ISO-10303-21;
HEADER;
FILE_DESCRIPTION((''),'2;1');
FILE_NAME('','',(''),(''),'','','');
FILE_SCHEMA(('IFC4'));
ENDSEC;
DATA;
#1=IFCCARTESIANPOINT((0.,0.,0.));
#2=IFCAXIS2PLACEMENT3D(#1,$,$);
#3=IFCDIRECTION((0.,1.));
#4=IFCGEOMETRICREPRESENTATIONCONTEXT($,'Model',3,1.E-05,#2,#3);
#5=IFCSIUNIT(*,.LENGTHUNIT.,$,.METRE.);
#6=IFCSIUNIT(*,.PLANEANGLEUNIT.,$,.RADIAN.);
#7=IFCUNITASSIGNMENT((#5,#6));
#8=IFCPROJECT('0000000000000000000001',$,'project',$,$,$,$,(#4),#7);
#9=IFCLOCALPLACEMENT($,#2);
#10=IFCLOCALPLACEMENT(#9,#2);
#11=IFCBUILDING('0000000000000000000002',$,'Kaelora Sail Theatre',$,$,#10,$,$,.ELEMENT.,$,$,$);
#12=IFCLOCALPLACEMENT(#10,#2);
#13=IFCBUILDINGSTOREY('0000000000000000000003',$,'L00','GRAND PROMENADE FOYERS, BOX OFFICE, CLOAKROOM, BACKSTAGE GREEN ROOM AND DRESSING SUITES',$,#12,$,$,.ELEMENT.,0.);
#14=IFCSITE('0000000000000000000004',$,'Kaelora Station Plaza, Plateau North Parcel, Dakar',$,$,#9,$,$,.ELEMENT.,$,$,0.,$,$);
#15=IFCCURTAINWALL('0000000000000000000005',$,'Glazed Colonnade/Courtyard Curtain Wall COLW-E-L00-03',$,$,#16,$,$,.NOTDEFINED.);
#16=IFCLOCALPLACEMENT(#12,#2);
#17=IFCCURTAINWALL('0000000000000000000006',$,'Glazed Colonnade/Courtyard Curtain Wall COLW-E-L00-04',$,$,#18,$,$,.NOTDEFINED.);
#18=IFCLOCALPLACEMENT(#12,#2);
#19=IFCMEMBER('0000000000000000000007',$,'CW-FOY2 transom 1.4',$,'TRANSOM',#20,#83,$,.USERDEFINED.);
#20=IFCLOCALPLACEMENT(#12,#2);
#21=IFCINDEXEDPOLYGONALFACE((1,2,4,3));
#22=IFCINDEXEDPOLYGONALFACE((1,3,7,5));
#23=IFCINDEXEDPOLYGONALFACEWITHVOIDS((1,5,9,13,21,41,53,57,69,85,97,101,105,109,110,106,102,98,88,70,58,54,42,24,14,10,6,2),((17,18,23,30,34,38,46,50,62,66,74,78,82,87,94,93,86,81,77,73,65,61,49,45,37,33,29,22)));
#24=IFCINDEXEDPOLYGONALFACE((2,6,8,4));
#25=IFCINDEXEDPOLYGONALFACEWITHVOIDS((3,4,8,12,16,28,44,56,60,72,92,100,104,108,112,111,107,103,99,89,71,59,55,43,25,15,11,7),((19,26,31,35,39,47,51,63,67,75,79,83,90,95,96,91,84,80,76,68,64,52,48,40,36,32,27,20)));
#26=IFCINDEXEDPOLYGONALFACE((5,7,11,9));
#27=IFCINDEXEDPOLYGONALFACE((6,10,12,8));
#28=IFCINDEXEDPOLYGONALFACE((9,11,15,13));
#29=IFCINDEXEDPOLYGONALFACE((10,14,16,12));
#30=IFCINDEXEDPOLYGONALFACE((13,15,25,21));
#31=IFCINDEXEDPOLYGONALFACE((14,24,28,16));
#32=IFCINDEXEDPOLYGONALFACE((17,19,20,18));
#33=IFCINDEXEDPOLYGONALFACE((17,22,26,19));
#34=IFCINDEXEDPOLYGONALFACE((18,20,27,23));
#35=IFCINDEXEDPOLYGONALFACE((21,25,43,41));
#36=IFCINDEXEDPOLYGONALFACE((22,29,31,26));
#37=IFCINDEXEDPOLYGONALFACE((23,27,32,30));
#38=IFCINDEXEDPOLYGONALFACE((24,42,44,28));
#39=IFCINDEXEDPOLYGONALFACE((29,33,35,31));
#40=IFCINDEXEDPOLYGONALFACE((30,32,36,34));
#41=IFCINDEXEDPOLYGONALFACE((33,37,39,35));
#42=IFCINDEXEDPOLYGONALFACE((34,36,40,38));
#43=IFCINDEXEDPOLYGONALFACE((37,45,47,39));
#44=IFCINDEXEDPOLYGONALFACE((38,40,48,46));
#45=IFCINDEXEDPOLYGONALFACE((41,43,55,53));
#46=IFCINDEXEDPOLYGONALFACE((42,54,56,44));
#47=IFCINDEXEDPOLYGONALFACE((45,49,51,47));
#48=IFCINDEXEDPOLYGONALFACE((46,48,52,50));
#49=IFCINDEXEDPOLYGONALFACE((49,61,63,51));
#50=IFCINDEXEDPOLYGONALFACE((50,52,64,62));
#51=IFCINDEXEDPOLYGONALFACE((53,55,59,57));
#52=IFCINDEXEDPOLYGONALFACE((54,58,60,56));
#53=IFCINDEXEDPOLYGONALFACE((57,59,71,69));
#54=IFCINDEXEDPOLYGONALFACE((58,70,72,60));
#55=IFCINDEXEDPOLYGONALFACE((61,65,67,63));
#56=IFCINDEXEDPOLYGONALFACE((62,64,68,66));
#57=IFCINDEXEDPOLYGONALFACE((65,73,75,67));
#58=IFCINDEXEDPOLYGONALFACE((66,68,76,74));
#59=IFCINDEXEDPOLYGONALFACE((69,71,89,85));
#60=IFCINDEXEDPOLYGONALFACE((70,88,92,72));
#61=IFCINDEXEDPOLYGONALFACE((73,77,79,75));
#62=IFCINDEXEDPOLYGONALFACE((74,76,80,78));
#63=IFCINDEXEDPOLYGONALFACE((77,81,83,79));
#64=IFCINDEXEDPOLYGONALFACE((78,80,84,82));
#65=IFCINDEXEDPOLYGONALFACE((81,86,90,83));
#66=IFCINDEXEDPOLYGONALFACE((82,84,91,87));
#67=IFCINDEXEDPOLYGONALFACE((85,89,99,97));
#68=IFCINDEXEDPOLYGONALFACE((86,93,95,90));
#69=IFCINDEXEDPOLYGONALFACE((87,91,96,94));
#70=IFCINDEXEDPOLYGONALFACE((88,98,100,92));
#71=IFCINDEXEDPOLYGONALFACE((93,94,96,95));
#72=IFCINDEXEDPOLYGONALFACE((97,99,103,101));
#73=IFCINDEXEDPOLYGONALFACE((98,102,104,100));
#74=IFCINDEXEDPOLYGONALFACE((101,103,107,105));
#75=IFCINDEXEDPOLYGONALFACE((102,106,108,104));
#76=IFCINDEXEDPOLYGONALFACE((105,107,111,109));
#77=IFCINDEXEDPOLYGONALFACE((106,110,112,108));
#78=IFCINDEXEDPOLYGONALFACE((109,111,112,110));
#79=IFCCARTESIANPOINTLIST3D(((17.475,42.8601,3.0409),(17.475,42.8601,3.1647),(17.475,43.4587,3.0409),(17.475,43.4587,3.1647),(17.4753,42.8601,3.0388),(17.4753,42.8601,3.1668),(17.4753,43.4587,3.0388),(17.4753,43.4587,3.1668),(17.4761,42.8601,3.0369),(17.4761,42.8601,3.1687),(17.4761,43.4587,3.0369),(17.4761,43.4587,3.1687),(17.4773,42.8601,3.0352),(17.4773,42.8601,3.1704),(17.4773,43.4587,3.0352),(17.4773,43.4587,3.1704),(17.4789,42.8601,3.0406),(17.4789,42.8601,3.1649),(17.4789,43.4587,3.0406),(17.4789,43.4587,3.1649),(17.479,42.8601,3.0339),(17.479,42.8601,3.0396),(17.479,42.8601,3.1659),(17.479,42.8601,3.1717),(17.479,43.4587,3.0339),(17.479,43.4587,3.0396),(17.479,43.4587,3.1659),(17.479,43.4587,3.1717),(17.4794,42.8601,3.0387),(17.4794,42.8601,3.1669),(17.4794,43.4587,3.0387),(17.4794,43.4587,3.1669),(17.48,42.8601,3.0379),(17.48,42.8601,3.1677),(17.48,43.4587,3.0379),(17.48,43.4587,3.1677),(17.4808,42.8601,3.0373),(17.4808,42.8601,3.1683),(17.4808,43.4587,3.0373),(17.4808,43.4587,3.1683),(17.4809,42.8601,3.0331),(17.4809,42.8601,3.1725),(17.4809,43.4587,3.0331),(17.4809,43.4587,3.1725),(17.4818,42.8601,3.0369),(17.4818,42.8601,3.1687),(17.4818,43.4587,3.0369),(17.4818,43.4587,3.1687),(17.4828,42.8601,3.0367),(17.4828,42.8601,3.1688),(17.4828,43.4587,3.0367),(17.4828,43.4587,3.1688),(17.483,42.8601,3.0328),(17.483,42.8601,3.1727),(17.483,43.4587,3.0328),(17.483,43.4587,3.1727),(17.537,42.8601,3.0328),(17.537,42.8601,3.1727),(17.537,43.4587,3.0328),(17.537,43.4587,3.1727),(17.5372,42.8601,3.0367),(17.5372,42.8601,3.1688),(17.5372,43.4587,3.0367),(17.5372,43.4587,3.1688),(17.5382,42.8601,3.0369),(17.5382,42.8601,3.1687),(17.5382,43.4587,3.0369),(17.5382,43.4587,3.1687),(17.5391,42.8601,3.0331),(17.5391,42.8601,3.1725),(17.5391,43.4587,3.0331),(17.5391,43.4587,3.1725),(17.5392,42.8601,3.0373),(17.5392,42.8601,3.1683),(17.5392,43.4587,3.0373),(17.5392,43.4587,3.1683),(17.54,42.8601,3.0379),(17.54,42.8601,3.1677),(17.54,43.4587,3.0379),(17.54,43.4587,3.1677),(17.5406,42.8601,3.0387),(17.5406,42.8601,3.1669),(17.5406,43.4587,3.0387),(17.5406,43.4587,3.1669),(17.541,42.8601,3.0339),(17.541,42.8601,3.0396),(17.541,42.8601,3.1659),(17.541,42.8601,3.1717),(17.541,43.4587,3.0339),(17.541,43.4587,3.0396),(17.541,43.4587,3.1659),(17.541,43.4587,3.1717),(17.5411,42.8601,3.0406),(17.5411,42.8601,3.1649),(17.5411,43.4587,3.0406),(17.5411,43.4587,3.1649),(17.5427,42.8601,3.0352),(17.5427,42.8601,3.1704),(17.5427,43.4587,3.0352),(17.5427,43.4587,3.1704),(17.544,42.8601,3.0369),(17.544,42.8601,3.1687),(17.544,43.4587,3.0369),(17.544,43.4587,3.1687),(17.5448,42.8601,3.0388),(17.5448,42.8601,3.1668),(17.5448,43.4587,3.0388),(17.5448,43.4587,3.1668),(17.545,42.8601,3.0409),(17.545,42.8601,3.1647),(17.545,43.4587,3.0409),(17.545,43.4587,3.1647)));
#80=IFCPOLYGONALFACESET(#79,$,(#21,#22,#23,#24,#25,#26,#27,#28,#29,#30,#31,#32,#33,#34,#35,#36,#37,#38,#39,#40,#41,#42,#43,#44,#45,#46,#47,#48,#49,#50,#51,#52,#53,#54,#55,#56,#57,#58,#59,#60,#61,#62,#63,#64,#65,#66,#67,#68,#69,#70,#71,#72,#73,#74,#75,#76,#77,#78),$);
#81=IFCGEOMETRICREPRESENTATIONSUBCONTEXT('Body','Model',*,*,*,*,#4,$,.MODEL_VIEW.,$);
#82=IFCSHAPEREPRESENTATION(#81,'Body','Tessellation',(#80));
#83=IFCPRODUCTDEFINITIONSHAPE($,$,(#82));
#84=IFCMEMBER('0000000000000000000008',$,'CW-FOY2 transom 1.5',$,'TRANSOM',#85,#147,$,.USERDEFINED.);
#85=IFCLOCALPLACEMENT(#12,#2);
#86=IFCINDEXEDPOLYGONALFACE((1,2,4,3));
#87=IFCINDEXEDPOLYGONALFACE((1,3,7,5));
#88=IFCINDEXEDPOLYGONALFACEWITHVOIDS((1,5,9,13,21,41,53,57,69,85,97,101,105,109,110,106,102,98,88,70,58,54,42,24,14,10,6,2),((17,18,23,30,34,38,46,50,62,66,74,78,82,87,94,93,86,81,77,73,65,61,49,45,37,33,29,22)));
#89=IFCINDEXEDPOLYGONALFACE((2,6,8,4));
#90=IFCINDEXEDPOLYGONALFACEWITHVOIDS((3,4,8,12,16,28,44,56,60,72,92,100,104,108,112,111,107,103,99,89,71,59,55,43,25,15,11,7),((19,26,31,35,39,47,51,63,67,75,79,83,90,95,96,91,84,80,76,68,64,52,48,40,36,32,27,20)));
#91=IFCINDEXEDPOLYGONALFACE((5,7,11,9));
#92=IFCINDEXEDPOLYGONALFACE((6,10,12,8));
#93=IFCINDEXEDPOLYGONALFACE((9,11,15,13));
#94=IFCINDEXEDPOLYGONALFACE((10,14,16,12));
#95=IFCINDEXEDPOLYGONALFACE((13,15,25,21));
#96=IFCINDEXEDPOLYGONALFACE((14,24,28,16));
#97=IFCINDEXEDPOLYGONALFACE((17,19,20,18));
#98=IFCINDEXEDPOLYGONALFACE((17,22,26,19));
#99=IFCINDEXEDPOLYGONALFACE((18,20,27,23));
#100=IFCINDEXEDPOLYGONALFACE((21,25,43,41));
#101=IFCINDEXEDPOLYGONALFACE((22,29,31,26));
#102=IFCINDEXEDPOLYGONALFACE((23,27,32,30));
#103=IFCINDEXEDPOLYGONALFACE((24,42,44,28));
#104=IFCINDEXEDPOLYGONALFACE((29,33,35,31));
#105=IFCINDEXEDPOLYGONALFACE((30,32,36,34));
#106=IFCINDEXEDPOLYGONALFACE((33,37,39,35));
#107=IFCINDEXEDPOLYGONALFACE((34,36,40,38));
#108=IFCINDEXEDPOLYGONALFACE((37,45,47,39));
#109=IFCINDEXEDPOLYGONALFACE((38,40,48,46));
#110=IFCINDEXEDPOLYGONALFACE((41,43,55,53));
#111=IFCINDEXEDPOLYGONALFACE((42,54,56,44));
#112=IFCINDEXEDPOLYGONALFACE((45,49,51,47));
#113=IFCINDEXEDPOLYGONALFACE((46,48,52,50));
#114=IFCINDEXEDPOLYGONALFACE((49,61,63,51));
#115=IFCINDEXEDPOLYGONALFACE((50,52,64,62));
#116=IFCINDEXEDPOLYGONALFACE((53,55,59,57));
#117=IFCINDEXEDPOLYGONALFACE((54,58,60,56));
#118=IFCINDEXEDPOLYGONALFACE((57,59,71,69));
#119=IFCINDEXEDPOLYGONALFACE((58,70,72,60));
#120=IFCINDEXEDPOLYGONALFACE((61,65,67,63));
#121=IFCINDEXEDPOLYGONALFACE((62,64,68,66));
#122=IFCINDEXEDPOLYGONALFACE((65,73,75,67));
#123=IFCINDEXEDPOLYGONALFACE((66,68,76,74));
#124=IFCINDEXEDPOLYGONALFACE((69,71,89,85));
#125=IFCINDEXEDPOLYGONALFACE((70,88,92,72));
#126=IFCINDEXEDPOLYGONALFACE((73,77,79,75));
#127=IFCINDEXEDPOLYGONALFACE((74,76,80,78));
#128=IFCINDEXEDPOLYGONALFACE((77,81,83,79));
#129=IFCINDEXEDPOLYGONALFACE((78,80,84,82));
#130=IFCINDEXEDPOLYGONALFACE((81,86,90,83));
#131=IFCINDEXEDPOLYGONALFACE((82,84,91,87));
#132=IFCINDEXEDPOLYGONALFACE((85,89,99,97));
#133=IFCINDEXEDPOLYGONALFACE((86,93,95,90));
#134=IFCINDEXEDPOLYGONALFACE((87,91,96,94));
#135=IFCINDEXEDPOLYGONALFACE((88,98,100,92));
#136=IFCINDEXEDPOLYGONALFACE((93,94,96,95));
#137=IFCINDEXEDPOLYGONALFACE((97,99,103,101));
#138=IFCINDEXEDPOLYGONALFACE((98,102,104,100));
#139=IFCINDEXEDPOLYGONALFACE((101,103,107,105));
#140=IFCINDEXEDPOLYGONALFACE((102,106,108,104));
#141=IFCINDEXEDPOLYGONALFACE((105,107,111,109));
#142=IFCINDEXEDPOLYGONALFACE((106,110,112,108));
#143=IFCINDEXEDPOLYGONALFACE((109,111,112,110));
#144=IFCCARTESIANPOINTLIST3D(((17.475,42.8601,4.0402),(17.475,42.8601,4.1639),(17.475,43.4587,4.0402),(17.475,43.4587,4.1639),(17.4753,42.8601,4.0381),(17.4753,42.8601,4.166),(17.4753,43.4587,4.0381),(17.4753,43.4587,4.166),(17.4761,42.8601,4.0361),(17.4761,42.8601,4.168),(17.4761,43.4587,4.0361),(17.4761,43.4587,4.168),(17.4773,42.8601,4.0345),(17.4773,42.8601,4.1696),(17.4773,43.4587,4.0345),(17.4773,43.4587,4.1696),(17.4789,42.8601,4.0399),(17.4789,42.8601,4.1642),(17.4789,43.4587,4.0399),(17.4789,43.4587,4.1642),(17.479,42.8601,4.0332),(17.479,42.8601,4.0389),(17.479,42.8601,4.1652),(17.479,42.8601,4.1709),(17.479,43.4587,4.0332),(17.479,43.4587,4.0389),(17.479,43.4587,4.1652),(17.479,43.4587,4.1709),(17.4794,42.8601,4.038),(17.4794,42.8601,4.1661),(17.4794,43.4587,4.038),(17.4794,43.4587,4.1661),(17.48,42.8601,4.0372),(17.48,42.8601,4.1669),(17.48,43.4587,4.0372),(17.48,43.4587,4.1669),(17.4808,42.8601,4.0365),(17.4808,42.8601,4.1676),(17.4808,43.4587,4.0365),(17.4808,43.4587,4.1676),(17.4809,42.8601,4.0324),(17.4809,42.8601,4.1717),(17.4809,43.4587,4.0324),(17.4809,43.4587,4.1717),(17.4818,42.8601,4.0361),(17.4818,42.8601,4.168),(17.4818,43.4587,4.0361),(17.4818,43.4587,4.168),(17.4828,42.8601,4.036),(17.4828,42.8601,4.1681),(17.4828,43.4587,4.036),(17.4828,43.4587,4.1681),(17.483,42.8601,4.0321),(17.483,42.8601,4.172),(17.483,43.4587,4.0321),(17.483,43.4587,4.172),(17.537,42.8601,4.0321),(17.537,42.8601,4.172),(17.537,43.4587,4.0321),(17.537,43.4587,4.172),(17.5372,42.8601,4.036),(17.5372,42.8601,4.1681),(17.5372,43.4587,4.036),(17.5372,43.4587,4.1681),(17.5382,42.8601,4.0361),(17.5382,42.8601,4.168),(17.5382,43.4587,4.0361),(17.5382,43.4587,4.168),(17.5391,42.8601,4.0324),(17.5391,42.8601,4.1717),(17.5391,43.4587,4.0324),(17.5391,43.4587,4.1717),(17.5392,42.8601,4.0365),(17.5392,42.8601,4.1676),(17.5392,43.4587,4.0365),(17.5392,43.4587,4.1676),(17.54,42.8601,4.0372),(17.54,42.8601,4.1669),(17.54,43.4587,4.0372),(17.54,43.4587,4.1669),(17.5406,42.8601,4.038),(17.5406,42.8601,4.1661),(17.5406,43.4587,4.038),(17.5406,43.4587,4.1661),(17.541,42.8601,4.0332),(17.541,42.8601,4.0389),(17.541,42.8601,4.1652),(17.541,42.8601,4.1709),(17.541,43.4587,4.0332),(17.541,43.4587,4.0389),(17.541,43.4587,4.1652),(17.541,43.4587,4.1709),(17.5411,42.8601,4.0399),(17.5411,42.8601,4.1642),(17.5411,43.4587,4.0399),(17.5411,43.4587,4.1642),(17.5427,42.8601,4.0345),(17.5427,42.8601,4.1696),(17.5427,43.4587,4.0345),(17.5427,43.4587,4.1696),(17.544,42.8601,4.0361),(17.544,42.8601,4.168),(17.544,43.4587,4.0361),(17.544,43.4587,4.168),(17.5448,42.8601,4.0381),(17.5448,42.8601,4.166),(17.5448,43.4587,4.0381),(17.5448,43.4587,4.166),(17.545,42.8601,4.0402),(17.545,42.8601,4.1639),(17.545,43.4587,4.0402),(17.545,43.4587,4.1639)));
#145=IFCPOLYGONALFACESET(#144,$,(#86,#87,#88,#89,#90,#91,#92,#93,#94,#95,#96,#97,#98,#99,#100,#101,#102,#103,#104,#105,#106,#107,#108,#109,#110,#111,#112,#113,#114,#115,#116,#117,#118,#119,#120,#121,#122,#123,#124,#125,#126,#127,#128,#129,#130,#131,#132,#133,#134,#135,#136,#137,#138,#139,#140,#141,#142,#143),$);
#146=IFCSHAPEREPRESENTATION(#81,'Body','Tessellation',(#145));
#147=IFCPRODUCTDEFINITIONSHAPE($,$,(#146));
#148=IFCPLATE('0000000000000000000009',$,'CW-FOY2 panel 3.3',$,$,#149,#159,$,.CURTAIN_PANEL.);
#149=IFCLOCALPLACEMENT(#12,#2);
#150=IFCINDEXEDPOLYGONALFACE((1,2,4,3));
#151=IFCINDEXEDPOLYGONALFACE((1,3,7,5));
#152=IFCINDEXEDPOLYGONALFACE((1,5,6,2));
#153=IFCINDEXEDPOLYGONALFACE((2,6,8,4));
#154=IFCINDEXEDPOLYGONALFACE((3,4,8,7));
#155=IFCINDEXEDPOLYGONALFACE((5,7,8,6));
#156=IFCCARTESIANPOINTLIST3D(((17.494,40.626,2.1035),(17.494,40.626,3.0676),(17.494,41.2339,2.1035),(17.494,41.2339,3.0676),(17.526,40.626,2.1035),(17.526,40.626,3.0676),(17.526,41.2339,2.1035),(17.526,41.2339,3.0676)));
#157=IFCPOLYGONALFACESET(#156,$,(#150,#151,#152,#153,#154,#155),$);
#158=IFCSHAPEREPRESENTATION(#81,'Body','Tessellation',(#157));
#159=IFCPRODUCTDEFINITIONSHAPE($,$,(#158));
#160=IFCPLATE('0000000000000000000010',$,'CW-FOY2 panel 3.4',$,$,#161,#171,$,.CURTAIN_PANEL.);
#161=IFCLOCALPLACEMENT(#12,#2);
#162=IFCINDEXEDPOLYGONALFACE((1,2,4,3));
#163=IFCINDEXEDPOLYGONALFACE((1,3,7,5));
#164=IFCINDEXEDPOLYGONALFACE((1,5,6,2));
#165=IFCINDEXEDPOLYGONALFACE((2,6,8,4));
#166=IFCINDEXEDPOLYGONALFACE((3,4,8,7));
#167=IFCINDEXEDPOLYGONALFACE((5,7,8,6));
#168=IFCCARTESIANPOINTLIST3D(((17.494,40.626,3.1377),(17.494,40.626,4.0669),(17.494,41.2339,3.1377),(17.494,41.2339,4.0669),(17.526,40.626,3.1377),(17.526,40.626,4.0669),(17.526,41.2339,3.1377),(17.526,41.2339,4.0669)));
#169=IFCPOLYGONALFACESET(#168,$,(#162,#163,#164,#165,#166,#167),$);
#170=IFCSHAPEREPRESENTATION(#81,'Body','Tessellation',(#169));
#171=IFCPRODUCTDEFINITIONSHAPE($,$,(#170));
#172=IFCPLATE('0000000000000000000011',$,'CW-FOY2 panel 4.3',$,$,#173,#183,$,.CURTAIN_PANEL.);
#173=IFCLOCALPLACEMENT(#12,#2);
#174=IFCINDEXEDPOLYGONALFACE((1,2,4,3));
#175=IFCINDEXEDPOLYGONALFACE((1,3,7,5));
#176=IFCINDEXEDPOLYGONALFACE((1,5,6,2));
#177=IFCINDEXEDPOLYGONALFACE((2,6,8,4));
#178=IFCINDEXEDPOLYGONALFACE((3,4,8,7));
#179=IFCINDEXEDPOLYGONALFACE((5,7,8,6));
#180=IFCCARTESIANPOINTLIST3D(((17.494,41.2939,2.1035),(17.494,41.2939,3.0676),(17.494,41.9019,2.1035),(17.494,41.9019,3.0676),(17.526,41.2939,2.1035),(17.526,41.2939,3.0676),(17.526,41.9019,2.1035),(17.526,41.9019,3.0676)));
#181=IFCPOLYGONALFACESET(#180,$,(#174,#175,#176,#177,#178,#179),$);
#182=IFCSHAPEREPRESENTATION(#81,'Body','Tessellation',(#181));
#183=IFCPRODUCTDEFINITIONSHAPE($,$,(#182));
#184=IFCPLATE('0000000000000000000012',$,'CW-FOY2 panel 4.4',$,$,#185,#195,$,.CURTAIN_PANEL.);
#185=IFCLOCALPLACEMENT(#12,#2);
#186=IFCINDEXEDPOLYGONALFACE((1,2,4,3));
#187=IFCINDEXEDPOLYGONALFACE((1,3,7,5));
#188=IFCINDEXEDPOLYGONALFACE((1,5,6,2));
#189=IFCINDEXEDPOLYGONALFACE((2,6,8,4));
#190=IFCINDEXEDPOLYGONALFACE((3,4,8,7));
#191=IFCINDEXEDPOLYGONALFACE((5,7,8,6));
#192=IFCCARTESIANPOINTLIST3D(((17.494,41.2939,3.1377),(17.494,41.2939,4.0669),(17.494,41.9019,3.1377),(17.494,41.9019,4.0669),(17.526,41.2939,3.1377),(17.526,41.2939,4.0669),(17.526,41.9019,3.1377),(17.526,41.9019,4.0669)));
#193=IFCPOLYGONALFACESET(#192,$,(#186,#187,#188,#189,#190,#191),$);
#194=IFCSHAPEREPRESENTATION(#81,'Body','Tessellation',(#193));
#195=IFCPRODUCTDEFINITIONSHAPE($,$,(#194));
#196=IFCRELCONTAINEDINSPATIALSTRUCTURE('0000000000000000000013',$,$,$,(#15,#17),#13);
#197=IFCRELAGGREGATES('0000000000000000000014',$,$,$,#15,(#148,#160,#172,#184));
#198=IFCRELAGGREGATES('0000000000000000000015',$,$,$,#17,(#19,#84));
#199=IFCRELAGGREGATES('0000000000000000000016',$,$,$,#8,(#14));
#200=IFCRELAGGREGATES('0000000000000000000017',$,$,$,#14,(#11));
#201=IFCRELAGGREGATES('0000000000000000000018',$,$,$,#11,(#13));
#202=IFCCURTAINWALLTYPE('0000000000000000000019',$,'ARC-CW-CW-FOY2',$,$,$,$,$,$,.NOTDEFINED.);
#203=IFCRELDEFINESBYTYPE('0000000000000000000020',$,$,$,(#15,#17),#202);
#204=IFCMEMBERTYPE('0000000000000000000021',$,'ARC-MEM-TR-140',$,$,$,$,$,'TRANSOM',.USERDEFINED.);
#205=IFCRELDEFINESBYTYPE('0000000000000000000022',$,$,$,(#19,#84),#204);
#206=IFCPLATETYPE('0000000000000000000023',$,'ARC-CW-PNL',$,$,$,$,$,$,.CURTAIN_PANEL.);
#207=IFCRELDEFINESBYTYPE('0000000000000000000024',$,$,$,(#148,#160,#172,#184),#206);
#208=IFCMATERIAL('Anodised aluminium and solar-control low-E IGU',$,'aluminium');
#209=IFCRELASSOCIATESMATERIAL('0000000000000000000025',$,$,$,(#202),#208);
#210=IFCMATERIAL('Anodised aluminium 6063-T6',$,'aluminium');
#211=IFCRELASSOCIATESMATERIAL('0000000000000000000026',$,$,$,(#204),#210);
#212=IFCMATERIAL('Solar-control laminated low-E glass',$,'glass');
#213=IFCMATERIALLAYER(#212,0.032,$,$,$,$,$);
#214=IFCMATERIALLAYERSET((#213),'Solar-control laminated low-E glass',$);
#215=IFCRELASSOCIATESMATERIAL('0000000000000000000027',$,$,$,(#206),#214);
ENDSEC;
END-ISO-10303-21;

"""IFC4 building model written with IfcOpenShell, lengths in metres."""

from ifc_helpers import new_model, si_unit, direction, frame, origin, origin_2d, place, context, subcontext, project, spatial, rectangle, hollow_rectangle, extrude, material, layer, layer_set, material_profile, profile_set, type_object, element, aggregate, save


model = new_model("IFC4")

# Units and contexts
model_context = context("Model", 3, precision=1e-05, world=origin(), true_north=direction((0.0, 1.0)))
body_context = subcontext(model_context, "Body", "Model", "MODEL_VIEW")
ifc_project = project(units=[si_unit("LENGTHUNIT", "METRE"), si_unit("PLANEANGLEUNIT", "RADIAN")], contexts=[model_context])

# Site, building, storey
site_placement = place(None, origin())
site = spatial("IfcSite", under=ifc_project, at=site_placement, Name="Kaelora Station Plaza, Plateau North Parcel, Dakar", CompositionType="ELEMENT", RefElevation=0.0)
building_placement = place(site_placement, origin())
building = spatial("IfcBuilding", under=site, at=building_placement, Name="Kaelora Sail Theatre", CompositionType="ELEMENT")
storey_placement = place(building_placement, origin())
storey = spatial("IfcBuildingStorey", under=building, at=storey_placement, Name="L00", Description="GRAND PROMENADE FOYERS, BOX OFFICE, CLOAKROOM, BACKSTAGE GREEN ROOM AND DRESSING SUITES", CompositionType="ELEMENT", Elevation=0.0)

# Curtain walls, members
ifc_material_1 = material(Name="Anodised aluminium and solar-control low-E IGU", Category="aluminium")
curtain_wall_type = type_object("IfcCurtainWallType", Name="ARC-CW-CW-FOY2", PredefinedType="NOTDEFINED", material=ifc_material_1)
curtain_wall_1_placement = place(storey_placement, origin())
curtain_wall_1 = element("IfcCurtainWall", 1, at=curtain_wall_1_placement, inside=storey, type_object=curtain_wall_type, Name="Glazed Colonnade/Courtyard Curtain Wall COLW-E-L00-03", PredefinedType="NOTDEFINED")
ifc_material_2 = material(Name="Anodised aluminium 6063-T6", Category="aluminium")
ifc_material_profile = material_profile(ifc_material_2, hollow_rectangle(XDim=0.0701, YDim=0.1399, WallThickness=0.0039, InnerFilletRadius=0.0039, OuterFilletRadius=0.0081, at=origin_2d()), Name="ALU-TRAN 70x140x4")
ifc_profile_set = profile_set([ifc_material_profile], Name="Anodised aluminium 6063-T6")
member_type = type_object("IfcMemberType", Name="ARC-MEM-TR-140", ElementType="TRANSOM", PredefinedType="USERDEFINED", material=ifc_profile_set)
curtain_wall_2_placement = place(storey_placement, origin())
curtain_wall_2 = element("IfcCurtainWall", 2, at=curtain_wall_2_placement, inside=storey, type_object=curtain_wall_type, Name="Glazed Colonnade/Courtyard Curtain Wall COLW-E-L00-04", PredefinedType="NOTDEFINED")
member_1_placement = place(storey_placement, frame((17.51, 42.8601, 3.1028), z_axis=(0.0, 1.0, 0.0), x_axis=(-1.0, 0.0, 0.0)))
member_1 = element("IfcMember", 3, at=member_1_placement, type_object=member_type, Name="CW-FOY2 transom 1.4", ObjectType="TRANSOM", PredefinedType="USERDEFINED", context=body_context, shape_type="SweptSolid", body=[
    extrude(hollow_rectangle(XDim=0.0701, YDim=0.1399, WallThickness=0.0039, InnerFilletRadius=0.0039, OuterFilletRadius=0.0081, at=origin_2d()), origin(), (0.0, 0.0, 1.0), 0.5986),
])
member_2_placement = place(storey_placement, frame((17.51, 42.8601, 4.1021), z_axis=(0.0, 1.0, 0.0), x_axis=(-1.0, 0.0, 0.0)))
member_2 = element("IfcMember", 4, at=member_2_placement, type_object=member_type, Name="CW-FOY2 transom 1.5", ObjectType="TRANSOM", PredefinedType="USERDEFINED", context=body_context, shape_type="SweptSolid", body=[
    extrude(hollow_rectangle(XDim=0.0701, YDim=0.1399, WallThickness=0.0039, InnerFilletRadius=0.0039, OuterFilletRadius=0.0081, at=origin_2d()), origin(), (0.0, 0.0, 1.0), 0.5986),
])

# Plates
ifc_material_3 = material(Name="Solar-control laminated low-E glass", Category="glass")
ifc_layer = layer(ifc_material_3, 0.032)
ifc_layer_set = layer_set([ifc_layer], Name="Solar-control laminated low-E glass")
plate_type = type_object("IfcPlateType", Name="ARC-CW-PNL", PredefinedType="CURTAIN_PANEL", material=ifc_layer_set)
plate_1_placement = place(storey_placement, frame((17.51, 40.9299, 2.1035), z_axis=(0.0, 0.0, 1.0), x_axis=(0.0, 1.0, 0.0)))
plate_1 = element("IfcPlate", 5, at=plate_1_placement, type_object=plate_type, Name="CW-FOY2 panel 3.3", PredefinedType="CURTAIN_PANEL", context=body_context, shape_type="SweptSolid", body=[
    extrude(rectangle(XDim=0.6079, YDim=0.032, at=origin_2d()), origin(), (0.0, 0.0, 1.0), 0.9641),
])
plate_2_placement = place(storey_placement, frame((17.51, 40.9299, 3.1377), z_axis=(0.0, 0.0, 1.0), x_axis=(0.0, 1.0, 0.0)))
plate_2 = element("IfcPlate", 6, at=plate_2_placement, type_object=plate_type, Name="CW-FOY2 panel 3.4", PredefinedType="CURTAIN_PANEL", context=body_context, shape_type="SweptSolid", body=[
    extrude(rectangle(XDim=0.6079, YDim=0.032, at=origin_2d()), origin(), (0.0, 0.0, 1.0), 0.9292),
])
plate_3_placement = place(storey_placement, frame((17.51, 41.5979, 2.1035), z_axis=(0.0, 0.0, 1.0), x_axis=(0.0, 1.0, 0.0)))
plate_3 = element("IfcPlate", 7, at=plate_3_placement, type_object=plate_type, Name="CW-FOY2 panel 4.3", PredefinedType="CURTAIN_PANEL", context=body_context, shape_type="SweptSolid", body=[
    extrude(rectangle(XDim=0.6079, YDim=0.032, at=origin_2d()), origin(), (0.0, 0.0, 1.0), 0.9641),
])
plate_4_placement = place(storey_placement, frame((17.51, 41.5979, 3.1377), z_axis=(0.0, 0.0, 1.0), x_axis=(0.0, 1.0, 0.0)))
plate_4 = element("IfcPlate", 8, at=plate_4_placement, type_object=plate_type, Name="CW-FOY2 panel 4.4", PredefinedType="CURTAIN_PANEL", context=body_context, shape_type="SweptSolid", body=[
    extrude(rectangle(XDim=0.6079, YDim=0.032, at=origin_2d()), origin(), (0.0, 0.0, 1.0), 0.9292),
])
aggregate(curtain_wall_1, [plate_1, plate_2, plate_3, plate_4])
aggregate(curtain_wall_2, [member_1, member_2])

save(model, "model.ifc")
